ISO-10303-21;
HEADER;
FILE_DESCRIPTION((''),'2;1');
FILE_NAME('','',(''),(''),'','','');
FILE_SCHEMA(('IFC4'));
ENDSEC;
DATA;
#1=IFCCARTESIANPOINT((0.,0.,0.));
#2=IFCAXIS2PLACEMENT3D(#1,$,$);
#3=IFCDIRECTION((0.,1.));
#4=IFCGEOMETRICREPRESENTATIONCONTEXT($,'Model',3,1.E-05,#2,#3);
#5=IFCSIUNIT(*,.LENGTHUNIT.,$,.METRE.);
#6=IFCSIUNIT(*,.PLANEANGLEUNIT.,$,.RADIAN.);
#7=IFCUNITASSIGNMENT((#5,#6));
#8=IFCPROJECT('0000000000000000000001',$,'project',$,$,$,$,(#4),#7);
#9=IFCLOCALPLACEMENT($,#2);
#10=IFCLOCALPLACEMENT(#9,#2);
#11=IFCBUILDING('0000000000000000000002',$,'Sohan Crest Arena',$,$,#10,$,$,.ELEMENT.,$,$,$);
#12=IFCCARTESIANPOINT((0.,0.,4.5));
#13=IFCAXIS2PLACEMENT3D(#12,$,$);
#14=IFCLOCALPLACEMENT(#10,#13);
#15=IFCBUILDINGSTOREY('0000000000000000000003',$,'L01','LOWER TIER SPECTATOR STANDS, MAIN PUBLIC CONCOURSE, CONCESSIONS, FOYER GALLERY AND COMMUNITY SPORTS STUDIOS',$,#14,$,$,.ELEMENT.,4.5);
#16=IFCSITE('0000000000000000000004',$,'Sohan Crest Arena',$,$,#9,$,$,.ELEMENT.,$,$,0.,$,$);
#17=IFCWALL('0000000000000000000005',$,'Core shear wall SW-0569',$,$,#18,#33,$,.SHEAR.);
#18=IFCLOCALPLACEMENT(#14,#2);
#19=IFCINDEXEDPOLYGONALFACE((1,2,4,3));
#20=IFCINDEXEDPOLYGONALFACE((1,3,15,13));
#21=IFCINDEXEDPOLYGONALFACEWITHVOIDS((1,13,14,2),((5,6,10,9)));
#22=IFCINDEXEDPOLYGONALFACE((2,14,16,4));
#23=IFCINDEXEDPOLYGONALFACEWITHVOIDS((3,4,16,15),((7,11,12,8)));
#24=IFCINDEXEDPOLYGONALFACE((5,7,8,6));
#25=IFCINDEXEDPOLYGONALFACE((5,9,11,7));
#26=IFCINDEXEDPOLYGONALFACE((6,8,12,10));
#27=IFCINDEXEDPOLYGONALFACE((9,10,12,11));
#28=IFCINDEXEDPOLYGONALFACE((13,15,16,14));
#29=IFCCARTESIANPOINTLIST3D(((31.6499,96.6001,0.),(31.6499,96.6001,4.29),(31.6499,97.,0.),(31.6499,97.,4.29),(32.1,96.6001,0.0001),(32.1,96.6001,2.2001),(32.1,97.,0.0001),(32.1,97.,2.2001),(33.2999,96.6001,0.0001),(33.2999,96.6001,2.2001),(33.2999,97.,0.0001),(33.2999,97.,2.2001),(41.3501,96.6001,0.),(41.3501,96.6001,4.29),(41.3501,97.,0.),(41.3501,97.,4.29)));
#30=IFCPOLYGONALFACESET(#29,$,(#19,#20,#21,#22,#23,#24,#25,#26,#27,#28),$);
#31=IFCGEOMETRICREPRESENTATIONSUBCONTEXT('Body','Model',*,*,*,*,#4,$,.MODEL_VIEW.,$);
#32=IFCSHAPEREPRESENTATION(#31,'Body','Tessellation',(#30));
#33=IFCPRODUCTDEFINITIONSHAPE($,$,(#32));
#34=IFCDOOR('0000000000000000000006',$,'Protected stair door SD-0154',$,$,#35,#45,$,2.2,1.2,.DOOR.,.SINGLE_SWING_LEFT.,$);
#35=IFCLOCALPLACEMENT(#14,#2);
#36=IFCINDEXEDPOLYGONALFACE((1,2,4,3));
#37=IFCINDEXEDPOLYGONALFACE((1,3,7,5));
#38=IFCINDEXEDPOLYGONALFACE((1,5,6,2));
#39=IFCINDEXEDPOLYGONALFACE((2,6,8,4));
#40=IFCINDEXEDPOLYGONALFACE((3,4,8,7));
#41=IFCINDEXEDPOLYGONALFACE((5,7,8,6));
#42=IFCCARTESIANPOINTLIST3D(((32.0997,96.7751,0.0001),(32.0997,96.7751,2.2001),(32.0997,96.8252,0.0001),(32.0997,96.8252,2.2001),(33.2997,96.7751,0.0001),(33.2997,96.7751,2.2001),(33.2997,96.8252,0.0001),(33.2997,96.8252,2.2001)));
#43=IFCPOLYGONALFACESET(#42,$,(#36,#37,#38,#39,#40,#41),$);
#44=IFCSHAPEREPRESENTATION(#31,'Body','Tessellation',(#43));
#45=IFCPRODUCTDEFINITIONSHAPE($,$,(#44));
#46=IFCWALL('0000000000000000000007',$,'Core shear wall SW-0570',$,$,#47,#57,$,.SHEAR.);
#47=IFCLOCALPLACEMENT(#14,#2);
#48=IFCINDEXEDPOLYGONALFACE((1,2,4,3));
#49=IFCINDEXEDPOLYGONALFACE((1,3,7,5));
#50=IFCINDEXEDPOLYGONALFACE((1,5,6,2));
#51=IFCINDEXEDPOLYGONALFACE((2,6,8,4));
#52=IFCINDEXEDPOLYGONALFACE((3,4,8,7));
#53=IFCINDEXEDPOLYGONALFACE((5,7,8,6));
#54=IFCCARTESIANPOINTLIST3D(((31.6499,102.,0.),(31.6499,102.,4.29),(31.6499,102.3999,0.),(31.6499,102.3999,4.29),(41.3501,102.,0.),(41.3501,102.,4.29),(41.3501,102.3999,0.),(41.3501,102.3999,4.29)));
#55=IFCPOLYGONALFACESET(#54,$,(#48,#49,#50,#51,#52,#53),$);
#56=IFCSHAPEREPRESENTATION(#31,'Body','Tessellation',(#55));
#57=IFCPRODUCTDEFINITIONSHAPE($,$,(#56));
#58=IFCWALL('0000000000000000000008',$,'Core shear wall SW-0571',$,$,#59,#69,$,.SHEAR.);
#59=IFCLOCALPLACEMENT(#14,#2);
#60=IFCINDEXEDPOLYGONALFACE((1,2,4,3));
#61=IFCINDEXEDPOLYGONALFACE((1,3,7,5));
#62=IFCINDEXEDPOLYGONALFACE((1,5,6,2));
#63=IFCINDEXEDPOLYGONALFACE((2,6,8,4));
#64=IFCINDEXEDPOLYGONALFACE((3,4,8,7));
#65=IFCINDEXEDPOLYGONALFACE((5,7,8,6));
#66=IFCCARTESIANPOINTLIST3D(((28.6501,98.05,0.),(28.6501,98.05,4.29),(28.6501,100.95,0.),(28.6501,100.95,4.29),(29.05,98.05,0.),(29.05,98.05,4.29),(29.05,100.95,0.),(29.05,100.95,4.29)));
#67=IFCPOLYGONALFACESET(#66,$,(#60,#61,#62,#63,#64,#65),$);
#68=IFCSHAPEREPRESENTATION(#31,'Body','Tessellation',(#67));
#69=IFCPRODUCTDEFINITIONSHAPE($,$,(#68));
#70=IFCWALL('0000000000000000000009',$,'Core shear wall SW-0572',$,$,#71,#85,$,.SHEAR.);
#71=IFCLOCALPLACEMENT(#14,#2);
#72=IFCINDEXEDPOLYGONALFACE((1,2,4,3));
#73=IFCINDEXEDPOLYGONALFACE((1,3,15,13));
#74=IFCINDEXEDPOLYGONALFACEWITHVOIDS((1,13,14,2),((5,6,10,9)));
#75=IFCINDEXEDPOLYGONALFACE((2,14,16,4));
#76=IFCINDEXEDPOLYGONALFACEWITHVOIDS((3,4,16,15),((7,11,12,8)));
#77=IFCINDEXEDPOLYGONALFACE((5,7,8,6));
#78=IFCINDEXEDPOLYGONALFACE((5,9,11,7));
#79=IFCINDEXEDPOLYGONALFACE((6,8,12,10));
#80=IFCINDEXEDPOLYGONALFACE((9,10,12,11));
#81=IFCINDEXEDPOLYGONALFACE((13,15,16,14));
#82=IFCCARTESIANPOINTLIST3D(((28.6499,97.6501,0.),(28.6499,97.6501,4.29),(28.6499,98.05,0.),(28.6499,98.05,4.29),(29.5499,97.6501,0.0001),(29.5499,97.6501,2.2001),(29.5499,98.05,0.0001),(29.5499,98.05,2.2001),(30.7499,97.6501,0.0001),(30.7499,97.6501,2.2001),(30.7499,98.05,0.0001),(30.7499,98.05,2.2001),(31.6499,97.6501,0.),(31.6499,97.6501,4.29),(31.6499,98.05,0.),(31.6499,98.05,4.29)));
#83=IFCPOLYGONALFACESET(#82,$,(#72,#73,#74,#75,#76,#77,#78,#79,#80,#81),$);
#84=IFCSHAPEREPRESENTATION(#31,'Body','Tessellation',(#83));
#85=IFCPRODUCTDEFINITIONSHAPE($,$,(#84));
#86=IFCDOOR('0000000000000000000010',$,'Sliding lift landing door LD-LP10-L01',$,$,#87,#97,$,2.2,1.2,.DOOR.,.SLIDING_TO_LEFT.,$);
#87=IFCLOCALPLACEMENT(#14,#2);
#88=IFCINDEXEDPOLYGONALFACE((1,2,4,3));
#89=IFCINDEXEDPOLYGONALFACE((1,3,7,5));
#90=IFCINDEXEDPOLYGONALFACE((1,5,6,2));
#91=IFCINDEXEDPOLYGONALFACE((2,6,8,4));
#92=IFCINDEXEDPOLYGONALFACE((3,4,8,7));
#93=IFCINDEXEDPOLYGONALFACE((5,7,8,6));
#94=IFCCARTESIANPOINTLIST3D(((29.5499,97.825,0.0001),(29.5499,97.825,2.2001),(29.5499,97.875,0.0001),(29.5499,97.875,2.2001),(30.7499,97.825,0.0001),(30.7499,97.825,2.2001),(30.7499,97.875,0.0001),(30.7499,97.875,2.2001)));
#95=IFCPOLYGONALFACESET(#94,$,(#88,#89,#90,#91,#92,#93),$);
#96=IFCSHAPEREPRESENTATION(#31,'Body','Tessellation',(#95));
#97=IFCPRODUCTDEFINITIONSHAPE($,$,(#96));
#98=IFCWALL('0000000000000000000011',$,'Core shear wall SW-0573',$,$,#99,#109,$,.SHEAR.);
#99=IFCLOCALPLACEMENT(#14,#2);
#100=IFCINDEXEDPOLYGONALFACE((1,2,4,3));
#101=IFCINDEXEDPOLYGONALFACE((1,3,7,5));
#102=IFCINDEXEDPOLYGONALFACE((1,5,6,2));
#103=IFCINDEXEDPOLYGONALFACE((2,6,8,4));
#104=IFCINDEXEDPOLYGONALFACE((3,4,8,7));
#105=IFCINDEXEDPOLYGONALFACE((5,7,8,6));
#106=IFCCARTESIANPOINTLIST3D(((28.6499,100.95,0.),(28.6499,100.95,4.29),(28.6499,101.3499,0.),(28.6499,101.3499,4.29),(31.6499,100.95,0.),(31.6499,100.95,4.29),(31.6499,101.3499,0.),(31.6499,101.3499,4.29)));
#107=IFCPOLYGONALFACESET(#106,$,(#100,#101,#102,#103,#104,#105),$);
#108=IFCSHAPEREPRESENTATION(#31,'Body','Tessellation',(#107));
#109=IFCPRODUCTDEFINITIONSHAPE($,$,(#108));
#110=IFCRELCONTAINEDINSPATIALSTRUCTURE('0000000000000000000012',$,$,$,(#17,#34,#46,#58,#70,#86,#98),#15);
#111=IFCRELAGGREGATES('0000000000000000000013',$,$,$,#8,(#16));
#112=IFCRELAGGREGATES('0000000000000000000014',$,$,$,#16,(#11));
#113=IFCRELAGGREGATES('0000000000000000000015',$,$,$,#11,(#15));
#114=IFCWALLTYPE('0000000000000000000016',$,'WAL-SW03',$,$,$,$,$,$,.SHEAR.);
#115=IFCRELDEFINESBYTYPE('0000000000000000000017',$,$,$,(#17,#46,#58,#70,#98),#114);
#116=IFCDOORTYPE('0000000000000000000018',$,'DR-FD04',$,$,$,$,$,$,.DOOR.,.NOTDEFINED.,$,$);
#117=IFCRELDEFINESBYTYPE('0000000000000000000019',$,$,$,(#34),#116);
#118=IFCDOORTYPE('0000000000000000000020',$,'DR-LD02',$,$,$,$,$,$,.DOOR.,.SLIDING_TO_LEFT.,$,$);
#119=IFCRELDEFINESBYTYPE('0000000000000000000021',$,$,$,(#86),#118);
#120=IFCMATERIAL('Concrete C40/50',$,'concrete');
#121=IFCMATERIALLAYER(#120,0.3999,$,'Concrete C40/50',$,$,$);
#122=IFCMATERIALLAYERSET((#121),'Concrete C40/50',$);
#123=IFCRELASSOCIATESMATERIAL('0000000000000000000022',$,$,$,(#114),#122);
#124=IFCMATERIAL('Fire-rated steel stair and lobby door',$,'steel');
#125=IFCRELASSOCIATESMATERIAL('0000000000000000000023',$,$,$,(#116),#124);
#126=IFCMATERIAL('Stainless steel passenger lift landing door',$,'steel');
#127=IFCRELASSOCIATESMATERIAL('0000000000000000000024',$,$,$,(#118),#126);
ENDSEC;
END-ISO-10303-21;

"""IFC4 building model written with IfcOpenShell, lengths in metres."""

from ifc_helpers import new_model, si_unit, direction, frame, frame_2d, origin, place, context, subcontext, project, spatial, rectangle, extrude, material, layer, layer_set, type_object, element, fill, save


model = new_model("IFC4")

# Units and contexts
model_context = context("Model", 3, precision=1e-05, world=origin(), true_north=direction((0.0, 1.0)))
body_context = subcontext(model_context, "Body", "Model", "MODEL_VIEW")
ifc_project = project(units=[si_unit("LENGTHUNIT", "METRE"), si_unit("PLANEANGLEUNIT", "RADIAN")], contexts=[model_context])

# Site, building, storey
site_placement = place(None, origin())
site = spatial("IfcSite", under=ifc_project, at=site_placement, Name="Sohan Crest Arena", CompositionType="ELEMENT", RefElevation=0.0)
building_placement = place(site_placement, origin())
building = spatial("IfcBuilding", under=site, at=building_placement, Name="Sohan Crest Arena", CompositionType="ELEMENT")
storey_placement = place(building_placement, frame((0.0, 0.0, 4.5)))
storey = spatial("IfcBuildingStorey", under=building, at=storey_placement, Name="L01", Description="LOWER TIER SPECTATOR STANDS, MAIN PUBLIC CONCOURSE, CONCESSIONS, FOYER GALLERY AND COMMUNITY SPORTS STUDIOS", CompositionType="ELEMENT", Elevation=4.5)

# Shared definitions
ifc_material_1 = material(Name="Concrete C40/50", Category="concrete")
ifc_layer_1 = layer(ifc_material_1, 0.3999, Name="Concrete C40/50")
ifc_layer_set_1 = layer_set([ifc_layer_1], Name="Concrete C40/50")
wall_type = type_object("IfcWallType", Name="WAL-SW03", PredefinedType="SHEAR", material=ifc_layer_set_1)

# Wall, opening, door
wall_1_placement = place(storey_placement, frame((31.6499, 96.8, 0.0), z_axis=(0.0, 0.0, 1.0), x_axis=(1.0, 0.0, 0.0)))
wall_1 = element("IfcWall", 1, at=wall_1_placement, inside=storey, type_object=wall_type, Name="Core shear wall SW-0569", PredefinedType="SHEAR", context=body_context, shape_type="SweptSolid", body=[
    extrude(rectangle(XDim=9.7002, YDim=0.3999, at=frame_2d((4.8501, 0.0))), origin(), (0.0, 0.0, 1.0), 4.29),
])
opening_1_placement = place(wall_1_placement, frame((0.45, 0.0, 0.0)))
opening_1 = element("IfcOpeningElement", 2, at=opening_1_placement, cuts=wall_1, PredefinedType="OPENING", context=body_context, shape_type="SweptSolid", body=[
    extrude(rectangle(XDim=1.2, YDim=2.2, at=frame_2d((0.6001, 1.1001))), frame((0.0, 0.21, 0.0), z_axis=(0.0, -1.0, 0.0), x_axis=(1.0, 0.0, 0.0)), (0.0, 0.0, 1.0), 0.4199),
])
ifc_material_2 = material(Name="Fire-rated steel stair and lobby door", Category="steel")
door_type_1 = type_object("IfcDoorType", Name="DR-FD04", OperationType="NOTDEFINED", PredefinedType="DOOR", material=ifc_material_2)
door_1_placement = place(opening_1_placement, frame((1.2, 0.0, 0.0), z_axis=(0.0, 0.0, 1.0), x_axis=(-1.0, 0.0, 0.0)))
door_1 = element("IfcDoor", 3, at=door_1_placement, inside=storey, type_object=door_type_1, Name="Protected stair door SD-0154", OperationType="SINGLE_SWING_LEFT", OverallHeight=2.2, OverallWidth=1.2, PredefinedType="DOOR", context=body_context, shape_type="SweptSolid", body=[
    extrude(rectangle(XDim=1.2, YDim=2.2, at=frame_2d((0.6001, 1.1001))), frame((0.0, 0.0249, 0.0), z_axis=(0.0, -1.0, 0.0), x_axis=(1.0, 0.0, 0.0)), (0.0, 0.0, 1.0), 0.05),
])
fill(opening_1, door_1)

# Walls
wall_2_placement = place(storey_placement, frame((31.6499, 102.2, 0.0), z_axis=(0.0, 0.0, 1.0), x_axis=(1.0, 0.0, 0.0)))
element("IfcWall", 4, at=wall_2_placement, inside=storey, type_object=wall_type, Name="Core shear wall SW-0570", PredefinedType="SHEAR", context=body_context, shape_type="SweptSolid", body=[
    extrude(rectangle(XDim=9.7002, YDim=0.3999, at=frame_2d((4.8501, 0.0))), origin(), (0.0, 0.0, 1.0), 4.29),
])
wall_3_placement = place(storey_placement, frame((28.8501, 98.05, 0.0), z_axis=(0.0, 0.0, 1.0), x_axis=(0.0, 1.0, 0.0)))
element("IfcWall", 5, at=wall_3_placement, inside=storey, type_object=wall_type, Name="Core shear wall SW-0571", PredefinedType="SHEAR", context=body_context, shape_type="SweptSolid", body=[
    extrude(rectangle(XDim=2.8999, YDim=0.3999, at=frame_2d((1.45, 0.0))), origin(), (0.0, 0.0, 1.0), 4.29),
])

# Wall, opening, door
wall_4_placement = place(storey_placement, frame((28.6499, 97.8501, 0.0), z_axis=(0.0, 0.0, 1.0), x_axis=(1.0, 0.0, 0.0)))
wall_4 = element("IfcWall", 6, at=wall_4_placement, inside=storey, type_object=wall_type, Name="Core shear wall SW-0572", PredefinedType="SHEAR", context=body_context, shape_type="SweptSolid", body=[
    extrude(rectangle(XDim=3.0, YDim=0.3999, at=frame_2d((1.5, 0.0))), origin(), (0.0, 0.0, 1.0), 4.29),
])
opening_2_placement = place(wall_4_placement, frame((0.8999, 0.0, 0.0)))
opening_2 = element("IfcOpeningElement", 7, at=opening_2_placement, cuts=wall_4, PredefinedType="OPENING", context=body_context, shape_type="SweptSolid", body=[
    extrude(rectangle(XDim=1.2, YDim=2.2, at=frame_2d((0.6001, 1.1001))), frame((0.0, 0.21, 0.0), z_axis=(0.0, -1.0, 0.0), x_axis=(1.0, 0.0, 0.0)), (0.0, 0.0, 1.0), 0.4199),
])
ifc_material_3 = material(Name="Stainless steel passenger lift landing door", Category="steel")
door_type_2 = type_object("IfcDoorType", Name="DR-LD02", OperationType="SLIDING_TO_LEFT", PredefinedType="DOOR", material=ifc_material_3)
door_2_placement = place(opening_2_placement, origin())
door_2 = element("IfcDoor", 8, at=door_2_placement, inside=storey, type_object=door_type_2, Name="Sliding lift landing door LD-LP10-L01", OperationType="SLIDING_TO_LEFT", OverallHeight=2.2, OverallWidth=1.2, PredefinedType="DOOR", context=body_context, shape_type="SweptSolid", body=[
    extrude(rectangle(XDim=1.2, YDim=2.2, at=frame_2d((0.6001, 1.1001))), frame((0.0, 0.0249, 0.0), z_axis=(0.0, -1.0, 0.0), x_axis=(1.0, 0.0, 0.0)), (0.0, 0.0, 1.0), 0.05),
])
fill(opening_2, door_2)

# Wall
wall_5_placement = place(storey_placement, frame((28.6499, 101.1499, 0.0), z_axis=(0.0, 0.0, 1.0), x_axis=(1.0, 0.0, 0.0)))
element("IfcWall", 9, at=wall_5_placement, inside=storey, type_object=wall_type, Name="Core shear wall SW-0573", PredefinedType="SHEAR", context=body_context, shape_type="SweptSolid", body=[
    extrude(rectangle(XDim=3.0, YDim=0.3999, at=frame_2d((1.5, 0.0))), origin(), (0.0, 0.0, 1.0), 4.29),
])

save(model, "model.ifc")
